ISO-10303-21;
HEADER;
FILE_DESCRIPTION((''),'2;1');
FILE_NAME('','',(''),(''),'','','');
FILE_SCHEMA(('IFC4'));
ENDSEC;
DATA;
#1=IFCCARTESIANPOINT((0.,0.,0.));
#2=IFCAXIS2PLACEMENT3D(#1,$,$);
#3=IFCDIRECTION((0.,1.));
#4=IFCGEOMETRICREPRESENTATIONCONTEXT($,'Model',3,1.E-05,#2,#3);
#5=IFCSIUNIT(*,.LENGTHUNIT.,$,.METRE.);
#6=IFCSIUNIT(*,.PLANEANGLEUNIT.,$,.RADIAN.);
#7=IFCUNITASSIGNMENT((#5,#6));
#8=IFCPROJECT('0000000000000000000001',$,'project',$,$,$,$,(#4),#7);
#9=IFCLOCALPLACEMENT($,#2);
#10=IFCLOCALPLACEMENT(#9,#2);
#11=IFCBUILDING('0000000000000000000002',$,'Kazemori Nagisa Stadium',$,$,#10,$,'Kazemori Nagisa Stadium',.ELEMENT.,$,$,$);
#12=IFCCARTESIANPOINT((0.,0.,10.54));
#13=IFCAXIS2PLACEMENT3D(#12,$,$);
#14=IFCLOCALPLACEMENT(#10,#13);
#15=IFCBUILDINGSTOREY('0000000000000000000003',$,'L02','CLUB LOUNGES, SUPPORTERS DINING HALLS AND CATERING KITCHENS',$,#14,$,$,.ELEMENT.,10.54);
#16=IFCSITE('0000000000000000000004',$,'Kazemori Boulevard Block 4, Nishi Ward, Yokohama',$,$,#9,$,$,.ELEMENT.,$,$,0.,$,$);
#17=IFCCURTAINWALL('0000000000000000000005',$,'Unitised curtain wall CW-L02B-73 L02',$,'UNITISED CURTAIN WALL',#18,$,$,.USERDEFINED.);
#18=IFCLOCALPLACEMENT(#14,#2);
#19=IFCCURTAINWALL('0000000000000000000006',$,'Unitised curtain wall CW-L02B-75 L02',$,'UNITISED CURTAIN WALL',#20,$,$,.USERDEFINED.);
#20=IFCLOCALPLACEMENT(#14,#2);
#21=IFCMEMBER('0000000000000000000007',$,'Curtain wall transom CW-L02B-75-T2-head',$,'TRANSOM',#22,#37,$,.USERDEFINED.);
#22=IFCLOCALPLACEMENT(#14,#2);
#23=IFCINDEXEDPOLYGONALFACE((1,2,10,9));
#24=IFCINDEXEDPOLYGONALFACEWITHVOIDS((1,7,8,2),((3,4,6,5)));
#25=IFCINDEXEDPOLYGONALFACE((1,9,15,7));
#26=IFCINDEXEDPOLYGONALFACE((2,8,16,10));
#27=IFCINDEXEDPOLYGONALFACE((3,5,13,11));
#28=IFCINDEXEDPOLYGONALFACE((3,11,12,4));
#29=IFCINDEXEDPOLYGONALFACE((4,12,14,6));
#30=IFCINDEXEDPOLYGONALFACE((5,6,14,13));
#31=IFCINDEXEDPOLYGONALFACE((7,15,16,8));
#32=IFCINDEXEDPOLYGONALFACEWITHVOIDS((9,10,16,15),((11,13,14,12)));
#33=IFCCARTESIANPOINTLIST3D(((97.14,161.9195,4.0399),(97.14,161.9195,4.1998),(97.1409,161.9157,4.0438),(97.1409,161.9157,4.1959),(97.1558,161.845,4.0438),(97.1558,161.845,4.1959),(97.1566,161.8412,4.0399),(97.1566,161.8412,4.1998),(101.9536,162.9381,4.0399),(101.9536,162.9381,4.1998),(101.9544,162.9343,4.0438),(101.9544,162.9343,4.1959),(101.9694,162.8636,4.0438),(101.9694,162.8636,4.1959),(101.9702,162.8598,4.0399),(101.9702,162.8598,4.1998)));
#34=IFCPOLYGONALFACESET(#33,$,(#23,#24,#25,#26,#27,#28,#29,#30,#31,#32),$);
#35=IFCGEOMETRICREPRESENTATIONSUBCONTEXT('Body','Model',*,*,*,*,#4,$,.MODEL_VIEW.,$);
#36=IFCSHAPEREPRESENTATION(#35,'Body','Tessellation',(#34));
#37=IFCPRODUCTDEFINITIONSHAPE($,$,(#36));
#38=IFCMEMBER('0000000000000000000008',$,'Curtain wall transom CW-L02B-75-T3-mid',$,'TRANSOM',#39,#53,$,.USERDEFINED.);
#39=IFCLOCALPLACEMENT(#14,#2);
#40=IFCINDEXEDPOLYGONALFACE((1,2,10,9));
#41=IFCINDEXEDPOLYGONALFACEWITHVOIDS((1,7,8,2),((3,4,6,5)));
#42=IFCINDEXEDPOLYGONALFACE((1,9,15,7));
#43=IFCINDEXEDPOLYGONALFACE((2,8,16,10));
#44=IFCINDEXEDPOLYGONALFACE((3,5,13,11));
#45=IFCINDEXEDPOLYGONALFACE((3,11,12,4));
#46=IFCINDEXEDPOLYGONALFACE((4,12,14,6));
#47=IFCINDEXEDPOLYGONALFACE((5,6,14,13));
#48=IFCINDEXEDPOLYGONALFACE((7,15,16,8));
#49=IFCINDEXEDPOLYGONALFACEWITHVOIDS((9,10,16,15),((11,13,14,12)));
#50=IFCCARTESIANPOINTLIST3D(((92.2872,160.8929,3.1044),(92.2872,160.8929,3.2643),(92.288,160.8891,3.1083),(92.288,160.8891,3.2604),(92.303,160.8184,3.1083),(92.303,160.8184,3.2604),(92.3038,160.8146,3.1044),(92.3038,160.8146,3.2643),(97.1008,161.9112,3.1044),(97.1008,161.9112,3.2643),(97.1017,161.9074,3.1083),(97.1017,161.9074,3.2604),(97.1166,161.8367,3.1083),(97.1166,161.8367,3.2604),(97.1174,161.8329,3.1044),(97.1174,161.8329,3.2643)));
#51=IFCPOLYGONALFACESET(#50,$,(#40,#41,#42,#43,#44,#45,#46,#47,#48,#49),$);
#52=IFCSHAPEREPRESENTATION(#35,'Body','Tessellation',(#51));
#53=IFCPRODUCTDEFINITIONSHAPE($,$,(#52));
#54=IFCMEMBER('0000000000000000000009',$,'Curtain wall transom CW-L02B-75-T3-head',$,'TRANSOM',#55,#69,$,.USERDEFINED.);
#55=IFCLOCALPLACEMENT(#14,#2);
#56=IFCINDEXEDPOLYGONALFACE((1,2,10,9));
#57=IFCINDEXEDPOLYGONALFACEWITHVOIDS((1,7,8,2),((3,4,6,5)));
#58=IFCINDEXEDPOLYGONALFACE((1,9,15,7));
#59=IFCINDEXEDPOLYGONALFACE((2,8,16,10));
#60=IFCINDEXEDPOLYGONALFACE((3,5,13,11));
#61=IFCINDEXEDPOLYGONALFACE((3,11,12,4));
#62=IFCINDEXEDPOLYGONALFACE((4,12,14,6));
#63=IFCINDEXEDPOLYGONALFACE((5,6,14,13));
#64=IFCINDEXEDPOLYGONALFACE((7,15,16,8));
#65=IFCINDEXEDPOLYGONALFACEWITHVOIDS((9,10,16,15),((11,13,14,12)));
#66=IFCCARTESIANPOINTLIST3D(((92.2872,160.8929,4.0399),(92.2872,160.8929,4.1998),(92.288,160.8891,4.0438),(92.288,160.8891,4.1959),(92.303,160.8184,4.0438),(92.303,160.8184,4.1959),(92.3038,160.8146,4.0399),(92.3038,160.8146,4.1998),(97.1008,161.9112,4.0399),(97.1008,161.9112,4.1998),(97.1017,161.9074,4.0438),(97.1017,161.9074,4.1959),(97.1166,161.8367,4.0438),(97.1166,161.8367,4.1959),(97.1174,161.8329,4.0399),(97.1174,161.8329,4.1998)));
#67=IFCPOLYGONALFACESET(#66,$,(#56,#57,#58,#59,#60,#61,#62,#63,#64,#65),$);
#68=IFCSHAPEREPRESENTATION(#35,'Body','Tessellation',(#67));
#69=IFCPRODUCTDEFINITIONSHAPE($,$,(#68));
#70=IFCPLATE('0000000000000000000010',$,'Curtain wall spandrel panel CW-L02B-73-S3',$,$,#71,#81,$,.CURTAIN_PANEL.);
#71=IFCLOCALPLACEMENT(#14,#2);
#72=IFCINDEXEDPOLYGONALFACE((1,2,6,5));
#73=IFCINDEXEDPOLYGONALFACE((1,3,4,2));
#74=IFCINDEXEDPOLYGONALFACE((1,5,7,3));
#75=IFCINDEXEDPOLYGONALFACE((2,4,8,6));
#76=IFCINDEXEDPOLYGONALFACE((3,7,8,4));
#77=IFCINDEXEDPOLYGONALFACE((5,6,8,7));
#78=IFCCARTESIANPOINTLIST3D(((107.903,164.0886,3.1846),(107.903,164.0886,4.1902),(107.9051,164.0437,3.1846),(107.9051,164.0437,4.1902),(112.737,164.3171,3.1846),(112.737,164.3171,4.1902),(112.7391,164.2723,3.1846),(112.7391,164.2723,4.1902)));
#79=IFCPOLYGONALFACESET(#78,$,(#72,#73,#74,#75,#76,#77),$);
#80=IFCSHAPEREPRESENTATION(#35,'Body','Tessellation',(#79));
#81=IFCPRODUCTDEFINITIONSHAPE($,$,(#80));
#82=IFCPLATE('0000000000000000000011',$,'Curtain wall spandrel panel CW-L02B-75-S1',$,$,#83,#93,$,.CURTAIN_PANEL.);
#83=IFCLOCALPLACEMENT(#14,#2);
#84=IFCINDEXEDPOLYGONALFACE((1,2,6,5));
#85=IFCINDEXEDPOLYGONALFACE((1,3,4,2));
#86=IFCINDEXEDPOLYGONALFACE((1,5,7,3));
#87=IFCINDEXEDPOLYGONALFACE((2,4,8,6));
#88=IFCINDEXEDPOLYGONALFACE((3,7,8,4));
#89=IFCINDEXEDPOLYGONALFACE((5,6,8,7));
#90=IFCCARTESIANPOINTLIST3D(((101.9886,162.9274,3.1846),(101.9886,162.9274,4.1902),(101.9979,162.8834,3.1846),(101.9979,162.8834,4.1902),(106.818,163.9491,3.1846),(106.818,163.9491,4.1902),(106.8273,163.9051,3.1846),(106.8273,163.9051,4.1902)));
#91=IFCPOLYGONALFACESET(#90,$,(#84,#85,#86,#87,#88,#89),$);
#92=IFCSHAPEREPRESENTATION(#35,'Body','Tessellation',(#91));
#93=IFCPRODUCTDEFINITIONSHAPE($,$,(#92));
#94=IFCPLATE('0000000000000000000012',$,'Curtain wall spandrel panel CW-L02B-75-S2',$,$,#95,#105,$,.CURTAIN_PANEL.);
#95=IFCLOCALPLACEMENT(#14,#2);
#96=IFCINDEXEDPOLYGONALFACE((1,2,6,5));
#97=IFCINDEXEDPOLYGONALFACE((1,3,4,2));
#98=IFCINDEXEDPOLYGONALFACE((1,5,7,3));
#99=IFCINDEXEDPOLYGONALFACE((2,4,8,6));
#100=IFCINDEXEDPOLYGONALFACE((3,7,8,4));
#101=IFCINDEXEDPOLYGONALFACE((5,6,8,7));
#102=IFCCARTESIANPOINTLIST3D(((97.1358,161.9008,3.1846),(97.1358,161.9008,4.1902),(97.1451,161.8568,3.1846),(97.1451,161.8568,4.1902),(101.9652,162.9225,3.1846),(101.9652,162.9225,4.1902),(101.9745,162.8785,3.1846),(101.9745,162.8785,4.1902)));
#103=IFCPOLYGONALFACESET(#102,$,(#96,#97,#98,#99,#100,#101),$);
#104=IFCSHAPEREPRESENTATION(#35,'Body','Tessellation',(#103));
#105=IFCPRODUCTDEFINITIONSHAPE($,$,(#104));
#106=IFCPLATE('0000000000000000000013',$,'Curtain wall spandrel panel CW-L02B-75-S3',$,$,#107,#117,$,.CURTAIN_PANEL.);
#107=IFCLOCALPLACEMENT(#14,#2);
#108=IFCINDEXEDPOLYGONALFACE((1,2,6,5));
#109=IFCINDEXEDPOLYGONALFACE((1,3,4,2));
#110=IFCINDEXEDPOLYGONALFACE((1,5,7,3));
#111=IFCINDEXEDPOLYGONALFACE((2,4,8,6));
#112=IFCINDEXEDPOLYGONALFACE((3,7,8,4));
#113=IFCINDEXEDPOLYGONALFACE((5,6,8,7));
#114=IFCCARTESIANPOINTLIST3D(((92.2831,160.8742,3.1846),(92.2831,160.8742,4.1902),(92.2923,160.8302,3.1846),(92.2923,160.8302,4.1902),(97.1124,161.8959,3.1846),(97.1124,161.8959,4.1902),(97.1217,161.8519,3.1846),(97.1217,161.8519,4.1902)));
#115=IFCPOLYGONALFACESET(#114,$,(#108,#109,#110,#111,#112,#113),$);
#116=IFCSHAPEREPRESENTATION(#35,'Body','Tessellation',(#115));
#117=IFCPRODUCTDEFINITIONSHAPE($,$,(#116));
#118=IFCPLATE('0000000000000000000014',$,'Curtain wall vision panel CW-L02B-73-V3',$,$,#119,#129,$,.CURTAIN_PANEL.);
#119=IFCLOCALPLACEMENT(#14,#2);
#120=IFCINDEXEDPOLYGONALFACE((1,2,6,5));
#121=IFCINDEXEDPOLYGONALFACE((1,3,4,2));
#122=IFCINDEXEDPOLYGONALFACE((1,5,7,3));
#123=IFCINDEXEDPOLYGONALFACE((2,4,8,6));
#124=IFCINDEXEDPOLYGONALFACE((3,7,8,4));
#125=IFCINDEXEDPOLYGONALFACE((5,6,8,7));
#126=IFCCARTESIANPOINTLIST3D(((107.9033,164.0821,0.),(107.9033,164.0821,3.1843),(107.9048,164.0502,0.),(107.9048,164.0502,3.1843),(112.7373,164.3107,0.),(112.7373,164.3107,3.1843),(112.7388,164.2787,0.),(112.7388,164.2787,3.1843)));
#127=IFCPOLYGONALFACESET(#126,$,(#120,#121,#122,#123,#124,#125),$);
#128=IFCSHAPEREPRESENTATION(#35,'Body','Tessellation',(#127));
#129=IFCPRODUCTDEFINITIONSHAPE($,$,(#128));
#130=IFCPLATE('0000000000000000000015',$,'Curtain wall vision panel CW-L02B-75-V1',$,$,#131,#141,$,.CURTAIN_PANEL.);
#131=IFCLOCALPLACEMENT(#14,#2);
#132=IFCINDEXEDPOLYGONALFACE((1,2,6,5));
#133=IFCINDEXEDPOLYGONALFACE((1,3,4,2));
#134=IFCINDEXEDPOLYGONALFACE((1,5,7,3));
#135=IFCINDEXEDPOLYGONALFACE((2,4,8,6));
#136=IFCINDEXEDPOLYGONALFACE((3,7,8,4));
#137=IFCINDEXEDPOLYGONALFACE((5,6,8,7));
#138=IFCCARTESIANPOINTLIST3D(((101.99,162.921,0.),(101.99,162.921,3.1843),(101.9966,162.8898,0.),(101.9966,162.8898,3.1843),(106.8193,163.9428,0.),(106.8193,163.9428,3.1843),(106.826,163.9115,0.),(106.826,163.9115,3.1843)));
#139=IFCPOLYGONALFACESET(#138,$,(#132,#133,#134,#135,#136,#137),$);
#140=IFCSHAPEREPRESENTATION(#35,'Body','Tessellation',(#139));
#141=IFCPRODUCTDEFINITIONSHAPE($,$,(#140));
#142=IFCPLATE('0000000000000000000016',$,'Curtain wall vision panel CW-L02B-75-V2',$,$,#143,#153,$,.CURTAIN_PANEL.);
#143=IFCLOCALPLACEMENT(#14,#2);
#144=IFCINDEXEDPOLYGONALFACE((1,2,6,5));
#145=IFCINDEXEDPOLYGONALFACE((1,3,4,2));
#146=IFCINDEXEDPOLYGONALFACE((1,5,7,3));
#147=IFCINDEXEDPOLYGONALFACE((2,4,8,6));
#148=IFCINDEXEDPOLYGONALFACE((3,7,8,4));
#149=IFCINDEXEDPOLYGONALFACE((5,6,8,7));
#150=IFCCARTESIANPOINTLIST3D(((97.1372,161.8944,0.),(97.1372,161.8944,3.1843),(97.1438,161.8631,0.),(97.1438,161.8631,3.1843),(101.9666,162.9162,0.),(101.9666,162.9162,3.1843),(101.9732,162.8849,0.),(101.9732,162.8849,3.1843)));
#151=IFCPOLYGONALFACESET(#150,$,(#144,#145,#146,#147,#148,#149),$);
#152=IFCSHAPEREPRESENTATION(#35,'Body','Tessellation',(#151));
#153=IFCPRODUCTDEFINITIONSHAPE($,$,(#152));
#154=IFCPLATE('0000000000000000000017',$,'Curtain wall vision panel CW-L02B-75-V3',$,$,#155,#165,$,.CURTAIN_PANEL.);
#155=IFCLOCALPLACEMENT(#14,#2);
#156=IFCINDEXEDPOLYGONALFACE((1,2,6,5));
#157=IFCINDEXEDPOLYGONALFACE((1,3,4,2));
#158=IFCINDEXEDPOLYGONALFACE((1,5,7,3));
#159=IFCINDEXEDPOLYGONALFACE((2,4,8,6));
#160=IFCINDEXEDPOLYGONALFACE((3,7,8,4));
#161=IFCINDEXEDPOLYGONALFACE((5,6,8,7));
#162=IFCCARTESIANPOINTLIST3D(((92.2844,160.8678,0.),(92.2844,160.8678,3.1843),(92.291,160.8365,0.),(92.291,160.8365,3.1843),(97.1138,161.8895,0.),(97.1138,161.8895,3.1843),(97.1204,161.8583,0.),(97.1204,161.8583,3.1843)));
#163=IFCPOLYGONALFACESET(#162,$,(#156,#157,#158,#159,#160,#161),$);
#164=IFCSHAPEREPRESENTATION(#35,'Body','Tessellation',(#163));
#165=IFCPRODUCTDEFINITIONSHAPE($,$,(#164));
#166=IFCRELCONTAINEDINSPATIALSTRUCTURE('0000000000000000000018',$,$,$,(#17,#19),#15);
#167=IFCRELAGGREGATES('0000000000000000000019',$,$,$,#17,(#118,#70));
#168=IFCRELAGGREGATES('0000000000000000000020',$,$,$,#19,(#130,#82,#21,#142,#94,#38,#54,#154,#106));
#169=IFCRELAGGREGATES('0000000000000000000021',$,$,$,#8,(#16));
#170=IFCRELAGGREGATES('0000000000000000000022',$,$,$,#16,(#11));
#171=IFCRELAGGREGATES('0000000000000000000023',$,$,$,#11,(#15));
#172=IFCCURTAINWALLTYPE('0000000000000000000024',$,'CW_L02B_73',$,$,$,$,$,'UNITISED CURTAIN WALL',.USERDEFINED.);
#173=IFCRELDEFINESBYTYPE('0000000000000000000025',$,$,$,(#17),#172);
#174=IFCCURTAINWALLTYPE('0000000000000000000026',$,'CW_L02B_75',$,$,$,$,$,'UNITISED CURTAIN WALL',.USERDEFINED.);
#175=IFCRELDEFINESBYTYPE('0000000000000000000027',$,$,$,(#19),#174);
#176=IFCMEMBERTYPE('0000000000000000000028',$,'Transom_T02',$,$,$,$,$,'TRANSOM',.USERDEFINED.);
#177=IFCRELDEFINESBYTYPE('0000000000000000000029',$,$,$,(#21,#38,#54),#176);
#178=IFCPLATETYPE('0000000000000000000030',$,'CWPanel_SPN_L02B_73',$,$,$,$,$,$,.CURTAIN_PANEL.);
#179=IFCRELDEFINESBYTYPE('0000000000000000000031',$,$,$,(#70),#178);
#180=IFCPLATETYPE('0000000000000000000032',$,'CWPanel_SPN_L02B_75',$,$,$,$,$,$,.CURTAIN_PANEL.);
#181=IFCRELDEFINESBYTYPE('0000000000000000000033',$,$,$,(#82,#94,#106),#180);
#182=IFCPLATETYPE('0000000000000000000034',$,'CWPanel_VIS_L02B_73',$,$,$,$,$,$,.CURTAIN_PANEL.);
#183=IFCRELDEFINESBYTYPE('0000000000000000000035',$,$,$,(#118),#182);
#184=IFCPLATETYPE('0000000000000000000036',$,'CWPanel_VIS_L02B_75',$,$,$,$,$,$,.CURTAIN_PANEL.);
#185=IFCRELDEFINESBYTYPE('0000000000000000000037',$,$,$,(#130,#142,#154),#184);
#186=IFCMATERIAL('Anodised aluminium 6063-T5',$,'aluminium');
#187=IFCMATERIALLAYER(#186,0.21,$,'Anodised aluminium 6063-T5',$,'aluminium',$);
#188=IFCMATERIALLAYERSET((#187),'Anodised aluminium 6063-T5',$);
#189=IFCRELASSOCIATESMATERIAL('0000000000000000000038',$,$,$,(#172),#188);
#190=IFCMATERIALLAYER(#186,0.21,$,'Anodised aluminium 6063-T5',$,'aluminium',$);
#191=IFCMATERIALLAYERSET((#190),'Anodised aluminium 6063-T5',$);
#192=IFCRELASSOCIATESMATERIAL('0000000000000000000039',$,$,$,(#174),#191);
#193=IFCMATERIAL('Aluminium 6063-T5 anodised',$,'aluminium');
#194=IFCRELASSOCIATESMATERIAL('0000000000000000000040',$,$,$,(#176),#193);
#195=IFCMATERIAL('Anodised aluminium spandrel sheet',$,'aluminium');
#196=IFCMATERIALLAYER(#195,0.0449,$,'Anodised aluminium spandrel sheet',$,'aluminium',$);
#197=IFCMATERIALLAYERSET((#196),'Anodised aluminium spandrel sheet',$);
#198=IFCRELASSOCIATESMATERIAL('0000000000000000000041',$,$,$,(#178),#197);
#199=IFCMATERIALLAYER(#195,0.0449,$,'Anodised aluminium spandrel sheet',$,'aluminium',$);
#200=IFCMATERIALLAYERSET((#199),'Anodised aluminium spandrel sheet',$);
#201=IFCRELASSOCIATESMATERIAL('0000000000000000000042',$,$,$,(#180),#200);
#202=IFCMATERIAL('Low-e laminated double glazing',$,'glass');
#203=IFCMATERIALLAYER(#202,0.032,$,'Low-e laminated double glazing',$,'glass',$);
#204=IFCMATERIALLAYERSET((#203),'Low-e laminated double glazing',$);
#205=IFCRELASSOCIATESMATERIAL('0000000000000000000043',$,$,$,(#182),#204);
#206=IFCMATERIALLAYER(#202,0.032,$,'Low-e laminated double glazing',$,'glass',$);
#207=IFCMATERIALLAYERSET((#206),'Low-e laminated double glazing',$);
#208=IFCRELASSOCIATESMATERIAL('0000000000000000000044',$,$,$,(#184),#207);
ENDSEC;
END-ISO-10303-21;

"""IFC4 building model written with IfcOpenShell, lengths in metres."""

from ifc_helpers import new_model, si_unit, direction, frame, origin, origin_2d, place, context, subcontext, project, spatial, rectangle, hollow_rectangle, extrude, material, layer, layer_set, material_profile, profile_set, type_object, element, aggregate, save


model = new_model("IFC4")

# Units and contexts
model_context = context("Model", 3, precision=1e-05, world=origin(), true_north=direction((0.0, 1.0)))
body_context = subcontext(model_context, "Body", "Model", "MODEL_VIEW")
ifc_project = project(units=[si_unit("LENGTHUNIT", "METRE"), si_unit("PLANEANGLEUNIT", "RADIAN")], contexts=[model_context])

# Site, building, storey
site_placement = place(None, origin())
site = spatial("IfcSite", under=ifc_project, at=site_placement, Name="Kazemori Boulevard Block 4, Nishi Ward, Yokohama", CompositionType="ELEMENT", RefElevation=0.0)
building_placement = place(site_placement, origin())
building = spatial("IfcBuilding", under=site, at=building_placement, Name="Kazemori Nagisa Stadium", LongName="Kazemori Nagisa Stadium", CompositionType="ELEMENT")
storey_placement = place(building_placement, frame((0.0, 0.0, 10.54)))
storey = spatial("IfcBuildingStorey", under=building, at=storey_placement, Name="L02", Description="CLUB LOUNGES, SUPPORTERS DINING HALLS AND CATERING KITCHENS", CompositionType="ELEMENT", Elevation=10.54)

# Curtain wall
ifc_material_1 = material(Name="Anodised aluminium 6063-T5", Category="aluminium")
ifc_layer_1 = layer(ifc_material_1, 0.21, Name="Anodised aluminium 6063-T5", Category="aluminium")
ifc_layer_set_1 = layer_set([ifc_layer_1], Name="Anodised aluminium 6063-T5")
curtain_wall_type_1 = type_object("IfcCurtainWallType", Name="CW_L02B_73", ElementType="UNITISED CURTAIN WALL", PredefinedType="USERDEFINED", material=ifc_layer_set_1)
curtain_wall_1_placement = place(storey_placement, origin())
curtain_wall_1 = element("IfcCurtainWall", 1, at=curtain_wall_1_placement, inside=storey, type_object=curtain_wall_type_1, Name="Unitised curtain wall CW-L02B-73 L02", ObjectType="UNITISED CURTAIN WALL", PredefinedType="USERDEFINED")
ifc_material_2 = material(Name="Aluminium 6063-T5 anodised", Category="aluminium")

# Curtain wall, members
ifc_layer_2 = layer(ifc_material_1, 0.21, Name="Anodised aluminium 6063-T5", Category="aluminium")
ifc_layer_set_2 = layer_set([ifc_layer_2], Name="Anodised aluminium 6063-T5")
curtain_wall_type_2 = type_object("IfcCurtainWallType", Name="CW_L02B_75", ElementType="UNITISED CURTAIN WALL", PredefinedType="USERDEFINED", material=ifc_layer_set_2)
curtain_wall_2_placement = place(storey_placement, origin())
curtain_wall_2 = element("IfcCurtainWall", 2, at=curtain_wall_2_placement, inside=storey, type_object=curtain_wall_type_2, Name="Unitised curtain wall CW-L02B-75 L02", ObjectType="UNITISED CURTAIN WALL", PredefinedType="USERDEFINED")
ifc_material_profile_1 = material_profile(ifc_material_2, hollow_rectangle(XDim=0.0801, YDim=0.1599, WallThickness=0.0039, at=origin_2d()), Name="ALU-TRAN-80x160x4")
ifc_profile_set_1 = profile_set([ifc_material_profile_1], Name="Aluminium 6063-T5 anodised")
member_type_1 = type_object("IfcMemberType", Name="Transom_T02", ElementType="TRANSOM", PredefinedType="USERDEFINED", material=ifc_profile_set_1)
member_1_placement = place(storey_placement, frame((101.9619, 162.8989, 4.1199), z_axis=(-0.978337, -0.207021, 0.0), x_axis=(0.207021, -0.978337, 0.0)))
member_1 = element("IfcMember", 3, at=member_1_placement, type_object=member_type_1, Name="Curtain wall transom CW-L02B-75-T2-head", ObjectType="TRANSOM", PredefinedType="USERDEFINED", context=body_context, shape_type="SweptSolid", body=[
    extrude(hollow_rectangle(XDim=0.0801, YDim=0.1599, WallThickness=0.0039, at=origin_2d()), origin(), (0.0, 0.0, 1.0), 4.9202),
])
member_2_placement = place(storey_placement, frame((97.1091, 161.8721, 3.1843), z_axis=(-0.978349, -0.206963, 0.0), x_axis=(0.206963, -0.978349, 0.0)))
member_2 = element("IfcMember", 4, at=member_2_placement, type_object=member_type_1, Name="Curtain wall transom CW-L02B-75-T3-mid", ObjectType="TRANSOM", PredefinedType="USERDEFINED", context=body_context, shape_type="SweptSolid", body=[
    extrude(hollow_rectangle(XDim=0.0801, YDim=0.1599, WallThickness=0.0039, at=origin_2d()), origin(), (0.0, 0.0, 1.0), 4.9202),
])
member_3_placement = place(storey_placement, frame((97.1091, 161.8721, 4.1199), z_axis=(-0.978349, -0.206963, 0.0), x_axis=(0.206963, -0.978349, 0.0)))
member_3 = element("IfcMember", 5, at=member_3_placement, type_object=member_type_1, Name="Curtain wall transom CW-L02B-75-T3-head", ObjectType="TRANSOM", PredefinedType="USERDEFINED", context=body_context, shape_type="SweptSolid", body=[
    extrude(hollow_rectangle(XDim=0.0801, YDim=0.1599, WallThickness=0.0039, at=origin_2d()), origin(), (0.0, 0.0, 1.0), 4.9202),
])

# Plates
ifc_material_3 = material(Name="Anodised aluminium spandrel sheet", Category="aluminium")
ifc_layer_3 = layer(ifc_material_3, 0.0449, Name="Anodised aluminium spandrel sheet", Category="aluminium")
ifc_layer_set_3 = layer_set([ifc_layer_3], Name="Anodised aluminium spandrel sheet")
plate_type_1 = type_object("IfcPlateType", Name="CWPanel_SPN_L02B_73", PredefinedType="CURTAIN_PANEL", material=ifc_layer_set_3)
plate_1_placement = place(storey_placement, frame((110.321, 164.1804, 3.1846), z_axis=(0.0, 0.0, 1.0), x_axis=(-0.998884, -0.04723, 0.0)))
plate_1 = element("IfcPlate", 6, at=plate_1_placement, type_object=plate_type_1, Name="Curtain wall spandrel panel CW-L02B-73-S3", PredefinedType="CURTAIN_PANEL", context=body_context, shape_type="SweptSolid", body=[
    extrude(rectangle(XDim=4.8394, YDim=0.0449, at=origin_2d()), origin(), (0.0, 0.0, 1.0), 1.0056),
])
ifc_layer_4 = layer(ifc_material_3, 0.0449, Name="Anodised aluminium spandrel sheet", Category="aluminium")
ifc_layer_set_4 = layer_set([ifc_layer_4], Name="Anodised aluminium spandrel sheet")
plate_type_2 = type_object("IfcPlateType", Name="CWPanel_SPN_L02B_75", PredefinedType="CURTAIN_PANEL", material=ifc_layer_set_4)
plate_2_placement = place(storey_placement, frame((104.408, 163.4163, 3.1846), z_axis=(0.0, 0.0, 1.0), x_axis=(-0.978345, -0.206981, 0.0)))
plate_2 = element("IfcPlate", 7, at=plate_2_placement, type_object=plate_type_2, Name="Curtain wall spandrel panel CW-L02B-75-S1", PredefinedType="CURTAIN_PANEL", context=body_context, shape_type="SweptSolid", body=[
    extrude(rectangle(XDim=4.9363, YDim=0.0449, at=origin_2d()), origin(), (0.0, 0.0, 1.0), 1.0056),
])
plate_3_placement = place(storey_placement, frame((99.5552, 162.3896, 3.1846), z_axis=(0.0, 0.0, 1.0), x_axis=(-0.978345, -0.206981, 0.0)))
plate_3 = element("IfcPlate", 8, at=plate_3_placement, type_object=plate_type_2, Name="Curtain wall spandrel panel CW-L02B-75-S2", PredefinedType="CURTAIN_PANEL", context=body_context, shape_type="SweptSolid", body=[
    extrude(rectangle(XDim=4.9363, YDim=0.0449, at=origin_2d()), origin(), (0.0, 0.0, 1.0), 1.0056),
])
plate_4_placement = place(storey_placement, frame((94.7024, 161.363, 3.1846), z_axis=(0.0, 0.0, 1.0), x_axis=(-0.978345, -0.206981, 0.0)))
plate_4 = element("IfcPlate", 9, at=plate_4_placement, type_object=plate_type_2, Name="Curtain wall spandrel panel CW-L02B-75-S3", PredefinedType="CURTAIN_PANEL", context=body_context, shape_type="SweptSolid", body=[
    extrude(rectangle(XDim=4.9363, YDim=0.0449, at=origin_2d()), origin(), (0.0, 0.0, 1.0), 1.0056),
])
ifc_material_4 = material(Name="Low-e laminated double glazing", Category="glass")
ifc_layer_5 = layer(ifc_material_4, 0.032, Name="Low-e laminated double glazing", Category="glass")
ifc_layer_set_5 = layer_set([ifc_layer_5], Name="Low-e laminated double glazing")
plate_type_3 = type_object("IfcPlateType", Name="CWPanel_VIS_L02B_73", PredefinedType="CURTAIN_PANEL", material=ifc_layer_set_5)
plate_5_placement = place(storey_placement, frame((110.321, 164.1804, 0.0), z_axis=(0.0, 0.0, 1.0), x_axis=(-0.998884, -0.04723, 0.0)))
plate_5 = element("IfcPlate", 10, at=plate_5_placement, type_object=plate_type_3, Name="Curtain wall vision panel CW-L02B-73-V3", PredefinedType="CURTAIN_PANEL", context=body_context, shape_type="SweptSolid", body=[
    extrude(rectangle(XDim=4.8394, YDim=0.032, at=origin_2d()), origin(), (0.0, 0.0, 1.0), 3.1843),
])
aggregate(curtain_wall_1, [plate_5, plate_1])
ifc_layer_6 = layer(ifc_material_4, 0.032, Name="Low-e laminated double glazing", Category="glass")
ifc_layer_set_6 = layer_set([ifc_layer_6], Name="Low-e laminated double glazing")
plate_type_4 = type_object("IfcPlateType", Name="CWPanel_VIS_L02B_75", PredefinedType="CURTAIN_PANEL", material=ifc_layer_set_6)
plate_6_placement = place(storey_placement, frame((104.408, 163.4163, 0.0), z_axis=(0.0, 0.0, 1.0), x_axis=(-0.978345, -0.206981, 0.0)))
plate_6 = element("IfcPlate", 11, at=plate_6_placement, type_object=plate_type_4, Name="Curtain wall vision panel CW-L02B-75-V1", PredefinedType="CURTAIN_PANEL", context=body_context, shape_type="SweptSolid", body=[
    extrude(rectangle(XDim=4.9363, YDim=0.032, at=origin_2d()), origin(), (0.0, 0.0, 1.0), 3.1843),
])
plate_7_placement = place(storey_placement, frame((99.5552, 162.3896, 0.0), z_axis=(0.0, 0.0, 1.0), x_axis=(-0.978345, -0.206981, 0.0)))
plate_7 = element("IfcPlate", 12, at=plate_7_placement, type_object=plate_type_4, Name="Curtain wall vision panel CW-L02B-75-V2", PredefinedType="CURTAIN_PANEL", context=body_context, shape_type="SweptSolid", body=[
    extrude(rectangle(XDim=4.9363, YDim=0.032, at=origin_2d()), origin(), (0.0, 0.0, 1.0), 3.1843),
])
plate_8_placement = place(storey_placement, frame((94.7024, 161.363, 0.0), z_axis=(0.0, 0.0, 1.0), x_axis=(-0.978345, -0.206981, 0.0)))
plate_8 = element("IfcPlate", 13, at=plate_8_placement, type_object=plate_type_4, Name="Curtain wall vision panel CW-L02B-75-V3", PredefinedType="CURTAIN_PANEL", context=body_context, shape_type="SweptSolid", body=[
    extrude(rectangle(XDim=4.9363, YDim=0.032, at=origin_2d()), origin(), (0.0, 0.0, 1.0), 3.1843),
])
aggregate(curtain_wall_2, [plate_6, plate_2, member_1, plate_7, plate_3, member_2, member_3, plate_8, plate_4])

save(model, "model.ifc")
